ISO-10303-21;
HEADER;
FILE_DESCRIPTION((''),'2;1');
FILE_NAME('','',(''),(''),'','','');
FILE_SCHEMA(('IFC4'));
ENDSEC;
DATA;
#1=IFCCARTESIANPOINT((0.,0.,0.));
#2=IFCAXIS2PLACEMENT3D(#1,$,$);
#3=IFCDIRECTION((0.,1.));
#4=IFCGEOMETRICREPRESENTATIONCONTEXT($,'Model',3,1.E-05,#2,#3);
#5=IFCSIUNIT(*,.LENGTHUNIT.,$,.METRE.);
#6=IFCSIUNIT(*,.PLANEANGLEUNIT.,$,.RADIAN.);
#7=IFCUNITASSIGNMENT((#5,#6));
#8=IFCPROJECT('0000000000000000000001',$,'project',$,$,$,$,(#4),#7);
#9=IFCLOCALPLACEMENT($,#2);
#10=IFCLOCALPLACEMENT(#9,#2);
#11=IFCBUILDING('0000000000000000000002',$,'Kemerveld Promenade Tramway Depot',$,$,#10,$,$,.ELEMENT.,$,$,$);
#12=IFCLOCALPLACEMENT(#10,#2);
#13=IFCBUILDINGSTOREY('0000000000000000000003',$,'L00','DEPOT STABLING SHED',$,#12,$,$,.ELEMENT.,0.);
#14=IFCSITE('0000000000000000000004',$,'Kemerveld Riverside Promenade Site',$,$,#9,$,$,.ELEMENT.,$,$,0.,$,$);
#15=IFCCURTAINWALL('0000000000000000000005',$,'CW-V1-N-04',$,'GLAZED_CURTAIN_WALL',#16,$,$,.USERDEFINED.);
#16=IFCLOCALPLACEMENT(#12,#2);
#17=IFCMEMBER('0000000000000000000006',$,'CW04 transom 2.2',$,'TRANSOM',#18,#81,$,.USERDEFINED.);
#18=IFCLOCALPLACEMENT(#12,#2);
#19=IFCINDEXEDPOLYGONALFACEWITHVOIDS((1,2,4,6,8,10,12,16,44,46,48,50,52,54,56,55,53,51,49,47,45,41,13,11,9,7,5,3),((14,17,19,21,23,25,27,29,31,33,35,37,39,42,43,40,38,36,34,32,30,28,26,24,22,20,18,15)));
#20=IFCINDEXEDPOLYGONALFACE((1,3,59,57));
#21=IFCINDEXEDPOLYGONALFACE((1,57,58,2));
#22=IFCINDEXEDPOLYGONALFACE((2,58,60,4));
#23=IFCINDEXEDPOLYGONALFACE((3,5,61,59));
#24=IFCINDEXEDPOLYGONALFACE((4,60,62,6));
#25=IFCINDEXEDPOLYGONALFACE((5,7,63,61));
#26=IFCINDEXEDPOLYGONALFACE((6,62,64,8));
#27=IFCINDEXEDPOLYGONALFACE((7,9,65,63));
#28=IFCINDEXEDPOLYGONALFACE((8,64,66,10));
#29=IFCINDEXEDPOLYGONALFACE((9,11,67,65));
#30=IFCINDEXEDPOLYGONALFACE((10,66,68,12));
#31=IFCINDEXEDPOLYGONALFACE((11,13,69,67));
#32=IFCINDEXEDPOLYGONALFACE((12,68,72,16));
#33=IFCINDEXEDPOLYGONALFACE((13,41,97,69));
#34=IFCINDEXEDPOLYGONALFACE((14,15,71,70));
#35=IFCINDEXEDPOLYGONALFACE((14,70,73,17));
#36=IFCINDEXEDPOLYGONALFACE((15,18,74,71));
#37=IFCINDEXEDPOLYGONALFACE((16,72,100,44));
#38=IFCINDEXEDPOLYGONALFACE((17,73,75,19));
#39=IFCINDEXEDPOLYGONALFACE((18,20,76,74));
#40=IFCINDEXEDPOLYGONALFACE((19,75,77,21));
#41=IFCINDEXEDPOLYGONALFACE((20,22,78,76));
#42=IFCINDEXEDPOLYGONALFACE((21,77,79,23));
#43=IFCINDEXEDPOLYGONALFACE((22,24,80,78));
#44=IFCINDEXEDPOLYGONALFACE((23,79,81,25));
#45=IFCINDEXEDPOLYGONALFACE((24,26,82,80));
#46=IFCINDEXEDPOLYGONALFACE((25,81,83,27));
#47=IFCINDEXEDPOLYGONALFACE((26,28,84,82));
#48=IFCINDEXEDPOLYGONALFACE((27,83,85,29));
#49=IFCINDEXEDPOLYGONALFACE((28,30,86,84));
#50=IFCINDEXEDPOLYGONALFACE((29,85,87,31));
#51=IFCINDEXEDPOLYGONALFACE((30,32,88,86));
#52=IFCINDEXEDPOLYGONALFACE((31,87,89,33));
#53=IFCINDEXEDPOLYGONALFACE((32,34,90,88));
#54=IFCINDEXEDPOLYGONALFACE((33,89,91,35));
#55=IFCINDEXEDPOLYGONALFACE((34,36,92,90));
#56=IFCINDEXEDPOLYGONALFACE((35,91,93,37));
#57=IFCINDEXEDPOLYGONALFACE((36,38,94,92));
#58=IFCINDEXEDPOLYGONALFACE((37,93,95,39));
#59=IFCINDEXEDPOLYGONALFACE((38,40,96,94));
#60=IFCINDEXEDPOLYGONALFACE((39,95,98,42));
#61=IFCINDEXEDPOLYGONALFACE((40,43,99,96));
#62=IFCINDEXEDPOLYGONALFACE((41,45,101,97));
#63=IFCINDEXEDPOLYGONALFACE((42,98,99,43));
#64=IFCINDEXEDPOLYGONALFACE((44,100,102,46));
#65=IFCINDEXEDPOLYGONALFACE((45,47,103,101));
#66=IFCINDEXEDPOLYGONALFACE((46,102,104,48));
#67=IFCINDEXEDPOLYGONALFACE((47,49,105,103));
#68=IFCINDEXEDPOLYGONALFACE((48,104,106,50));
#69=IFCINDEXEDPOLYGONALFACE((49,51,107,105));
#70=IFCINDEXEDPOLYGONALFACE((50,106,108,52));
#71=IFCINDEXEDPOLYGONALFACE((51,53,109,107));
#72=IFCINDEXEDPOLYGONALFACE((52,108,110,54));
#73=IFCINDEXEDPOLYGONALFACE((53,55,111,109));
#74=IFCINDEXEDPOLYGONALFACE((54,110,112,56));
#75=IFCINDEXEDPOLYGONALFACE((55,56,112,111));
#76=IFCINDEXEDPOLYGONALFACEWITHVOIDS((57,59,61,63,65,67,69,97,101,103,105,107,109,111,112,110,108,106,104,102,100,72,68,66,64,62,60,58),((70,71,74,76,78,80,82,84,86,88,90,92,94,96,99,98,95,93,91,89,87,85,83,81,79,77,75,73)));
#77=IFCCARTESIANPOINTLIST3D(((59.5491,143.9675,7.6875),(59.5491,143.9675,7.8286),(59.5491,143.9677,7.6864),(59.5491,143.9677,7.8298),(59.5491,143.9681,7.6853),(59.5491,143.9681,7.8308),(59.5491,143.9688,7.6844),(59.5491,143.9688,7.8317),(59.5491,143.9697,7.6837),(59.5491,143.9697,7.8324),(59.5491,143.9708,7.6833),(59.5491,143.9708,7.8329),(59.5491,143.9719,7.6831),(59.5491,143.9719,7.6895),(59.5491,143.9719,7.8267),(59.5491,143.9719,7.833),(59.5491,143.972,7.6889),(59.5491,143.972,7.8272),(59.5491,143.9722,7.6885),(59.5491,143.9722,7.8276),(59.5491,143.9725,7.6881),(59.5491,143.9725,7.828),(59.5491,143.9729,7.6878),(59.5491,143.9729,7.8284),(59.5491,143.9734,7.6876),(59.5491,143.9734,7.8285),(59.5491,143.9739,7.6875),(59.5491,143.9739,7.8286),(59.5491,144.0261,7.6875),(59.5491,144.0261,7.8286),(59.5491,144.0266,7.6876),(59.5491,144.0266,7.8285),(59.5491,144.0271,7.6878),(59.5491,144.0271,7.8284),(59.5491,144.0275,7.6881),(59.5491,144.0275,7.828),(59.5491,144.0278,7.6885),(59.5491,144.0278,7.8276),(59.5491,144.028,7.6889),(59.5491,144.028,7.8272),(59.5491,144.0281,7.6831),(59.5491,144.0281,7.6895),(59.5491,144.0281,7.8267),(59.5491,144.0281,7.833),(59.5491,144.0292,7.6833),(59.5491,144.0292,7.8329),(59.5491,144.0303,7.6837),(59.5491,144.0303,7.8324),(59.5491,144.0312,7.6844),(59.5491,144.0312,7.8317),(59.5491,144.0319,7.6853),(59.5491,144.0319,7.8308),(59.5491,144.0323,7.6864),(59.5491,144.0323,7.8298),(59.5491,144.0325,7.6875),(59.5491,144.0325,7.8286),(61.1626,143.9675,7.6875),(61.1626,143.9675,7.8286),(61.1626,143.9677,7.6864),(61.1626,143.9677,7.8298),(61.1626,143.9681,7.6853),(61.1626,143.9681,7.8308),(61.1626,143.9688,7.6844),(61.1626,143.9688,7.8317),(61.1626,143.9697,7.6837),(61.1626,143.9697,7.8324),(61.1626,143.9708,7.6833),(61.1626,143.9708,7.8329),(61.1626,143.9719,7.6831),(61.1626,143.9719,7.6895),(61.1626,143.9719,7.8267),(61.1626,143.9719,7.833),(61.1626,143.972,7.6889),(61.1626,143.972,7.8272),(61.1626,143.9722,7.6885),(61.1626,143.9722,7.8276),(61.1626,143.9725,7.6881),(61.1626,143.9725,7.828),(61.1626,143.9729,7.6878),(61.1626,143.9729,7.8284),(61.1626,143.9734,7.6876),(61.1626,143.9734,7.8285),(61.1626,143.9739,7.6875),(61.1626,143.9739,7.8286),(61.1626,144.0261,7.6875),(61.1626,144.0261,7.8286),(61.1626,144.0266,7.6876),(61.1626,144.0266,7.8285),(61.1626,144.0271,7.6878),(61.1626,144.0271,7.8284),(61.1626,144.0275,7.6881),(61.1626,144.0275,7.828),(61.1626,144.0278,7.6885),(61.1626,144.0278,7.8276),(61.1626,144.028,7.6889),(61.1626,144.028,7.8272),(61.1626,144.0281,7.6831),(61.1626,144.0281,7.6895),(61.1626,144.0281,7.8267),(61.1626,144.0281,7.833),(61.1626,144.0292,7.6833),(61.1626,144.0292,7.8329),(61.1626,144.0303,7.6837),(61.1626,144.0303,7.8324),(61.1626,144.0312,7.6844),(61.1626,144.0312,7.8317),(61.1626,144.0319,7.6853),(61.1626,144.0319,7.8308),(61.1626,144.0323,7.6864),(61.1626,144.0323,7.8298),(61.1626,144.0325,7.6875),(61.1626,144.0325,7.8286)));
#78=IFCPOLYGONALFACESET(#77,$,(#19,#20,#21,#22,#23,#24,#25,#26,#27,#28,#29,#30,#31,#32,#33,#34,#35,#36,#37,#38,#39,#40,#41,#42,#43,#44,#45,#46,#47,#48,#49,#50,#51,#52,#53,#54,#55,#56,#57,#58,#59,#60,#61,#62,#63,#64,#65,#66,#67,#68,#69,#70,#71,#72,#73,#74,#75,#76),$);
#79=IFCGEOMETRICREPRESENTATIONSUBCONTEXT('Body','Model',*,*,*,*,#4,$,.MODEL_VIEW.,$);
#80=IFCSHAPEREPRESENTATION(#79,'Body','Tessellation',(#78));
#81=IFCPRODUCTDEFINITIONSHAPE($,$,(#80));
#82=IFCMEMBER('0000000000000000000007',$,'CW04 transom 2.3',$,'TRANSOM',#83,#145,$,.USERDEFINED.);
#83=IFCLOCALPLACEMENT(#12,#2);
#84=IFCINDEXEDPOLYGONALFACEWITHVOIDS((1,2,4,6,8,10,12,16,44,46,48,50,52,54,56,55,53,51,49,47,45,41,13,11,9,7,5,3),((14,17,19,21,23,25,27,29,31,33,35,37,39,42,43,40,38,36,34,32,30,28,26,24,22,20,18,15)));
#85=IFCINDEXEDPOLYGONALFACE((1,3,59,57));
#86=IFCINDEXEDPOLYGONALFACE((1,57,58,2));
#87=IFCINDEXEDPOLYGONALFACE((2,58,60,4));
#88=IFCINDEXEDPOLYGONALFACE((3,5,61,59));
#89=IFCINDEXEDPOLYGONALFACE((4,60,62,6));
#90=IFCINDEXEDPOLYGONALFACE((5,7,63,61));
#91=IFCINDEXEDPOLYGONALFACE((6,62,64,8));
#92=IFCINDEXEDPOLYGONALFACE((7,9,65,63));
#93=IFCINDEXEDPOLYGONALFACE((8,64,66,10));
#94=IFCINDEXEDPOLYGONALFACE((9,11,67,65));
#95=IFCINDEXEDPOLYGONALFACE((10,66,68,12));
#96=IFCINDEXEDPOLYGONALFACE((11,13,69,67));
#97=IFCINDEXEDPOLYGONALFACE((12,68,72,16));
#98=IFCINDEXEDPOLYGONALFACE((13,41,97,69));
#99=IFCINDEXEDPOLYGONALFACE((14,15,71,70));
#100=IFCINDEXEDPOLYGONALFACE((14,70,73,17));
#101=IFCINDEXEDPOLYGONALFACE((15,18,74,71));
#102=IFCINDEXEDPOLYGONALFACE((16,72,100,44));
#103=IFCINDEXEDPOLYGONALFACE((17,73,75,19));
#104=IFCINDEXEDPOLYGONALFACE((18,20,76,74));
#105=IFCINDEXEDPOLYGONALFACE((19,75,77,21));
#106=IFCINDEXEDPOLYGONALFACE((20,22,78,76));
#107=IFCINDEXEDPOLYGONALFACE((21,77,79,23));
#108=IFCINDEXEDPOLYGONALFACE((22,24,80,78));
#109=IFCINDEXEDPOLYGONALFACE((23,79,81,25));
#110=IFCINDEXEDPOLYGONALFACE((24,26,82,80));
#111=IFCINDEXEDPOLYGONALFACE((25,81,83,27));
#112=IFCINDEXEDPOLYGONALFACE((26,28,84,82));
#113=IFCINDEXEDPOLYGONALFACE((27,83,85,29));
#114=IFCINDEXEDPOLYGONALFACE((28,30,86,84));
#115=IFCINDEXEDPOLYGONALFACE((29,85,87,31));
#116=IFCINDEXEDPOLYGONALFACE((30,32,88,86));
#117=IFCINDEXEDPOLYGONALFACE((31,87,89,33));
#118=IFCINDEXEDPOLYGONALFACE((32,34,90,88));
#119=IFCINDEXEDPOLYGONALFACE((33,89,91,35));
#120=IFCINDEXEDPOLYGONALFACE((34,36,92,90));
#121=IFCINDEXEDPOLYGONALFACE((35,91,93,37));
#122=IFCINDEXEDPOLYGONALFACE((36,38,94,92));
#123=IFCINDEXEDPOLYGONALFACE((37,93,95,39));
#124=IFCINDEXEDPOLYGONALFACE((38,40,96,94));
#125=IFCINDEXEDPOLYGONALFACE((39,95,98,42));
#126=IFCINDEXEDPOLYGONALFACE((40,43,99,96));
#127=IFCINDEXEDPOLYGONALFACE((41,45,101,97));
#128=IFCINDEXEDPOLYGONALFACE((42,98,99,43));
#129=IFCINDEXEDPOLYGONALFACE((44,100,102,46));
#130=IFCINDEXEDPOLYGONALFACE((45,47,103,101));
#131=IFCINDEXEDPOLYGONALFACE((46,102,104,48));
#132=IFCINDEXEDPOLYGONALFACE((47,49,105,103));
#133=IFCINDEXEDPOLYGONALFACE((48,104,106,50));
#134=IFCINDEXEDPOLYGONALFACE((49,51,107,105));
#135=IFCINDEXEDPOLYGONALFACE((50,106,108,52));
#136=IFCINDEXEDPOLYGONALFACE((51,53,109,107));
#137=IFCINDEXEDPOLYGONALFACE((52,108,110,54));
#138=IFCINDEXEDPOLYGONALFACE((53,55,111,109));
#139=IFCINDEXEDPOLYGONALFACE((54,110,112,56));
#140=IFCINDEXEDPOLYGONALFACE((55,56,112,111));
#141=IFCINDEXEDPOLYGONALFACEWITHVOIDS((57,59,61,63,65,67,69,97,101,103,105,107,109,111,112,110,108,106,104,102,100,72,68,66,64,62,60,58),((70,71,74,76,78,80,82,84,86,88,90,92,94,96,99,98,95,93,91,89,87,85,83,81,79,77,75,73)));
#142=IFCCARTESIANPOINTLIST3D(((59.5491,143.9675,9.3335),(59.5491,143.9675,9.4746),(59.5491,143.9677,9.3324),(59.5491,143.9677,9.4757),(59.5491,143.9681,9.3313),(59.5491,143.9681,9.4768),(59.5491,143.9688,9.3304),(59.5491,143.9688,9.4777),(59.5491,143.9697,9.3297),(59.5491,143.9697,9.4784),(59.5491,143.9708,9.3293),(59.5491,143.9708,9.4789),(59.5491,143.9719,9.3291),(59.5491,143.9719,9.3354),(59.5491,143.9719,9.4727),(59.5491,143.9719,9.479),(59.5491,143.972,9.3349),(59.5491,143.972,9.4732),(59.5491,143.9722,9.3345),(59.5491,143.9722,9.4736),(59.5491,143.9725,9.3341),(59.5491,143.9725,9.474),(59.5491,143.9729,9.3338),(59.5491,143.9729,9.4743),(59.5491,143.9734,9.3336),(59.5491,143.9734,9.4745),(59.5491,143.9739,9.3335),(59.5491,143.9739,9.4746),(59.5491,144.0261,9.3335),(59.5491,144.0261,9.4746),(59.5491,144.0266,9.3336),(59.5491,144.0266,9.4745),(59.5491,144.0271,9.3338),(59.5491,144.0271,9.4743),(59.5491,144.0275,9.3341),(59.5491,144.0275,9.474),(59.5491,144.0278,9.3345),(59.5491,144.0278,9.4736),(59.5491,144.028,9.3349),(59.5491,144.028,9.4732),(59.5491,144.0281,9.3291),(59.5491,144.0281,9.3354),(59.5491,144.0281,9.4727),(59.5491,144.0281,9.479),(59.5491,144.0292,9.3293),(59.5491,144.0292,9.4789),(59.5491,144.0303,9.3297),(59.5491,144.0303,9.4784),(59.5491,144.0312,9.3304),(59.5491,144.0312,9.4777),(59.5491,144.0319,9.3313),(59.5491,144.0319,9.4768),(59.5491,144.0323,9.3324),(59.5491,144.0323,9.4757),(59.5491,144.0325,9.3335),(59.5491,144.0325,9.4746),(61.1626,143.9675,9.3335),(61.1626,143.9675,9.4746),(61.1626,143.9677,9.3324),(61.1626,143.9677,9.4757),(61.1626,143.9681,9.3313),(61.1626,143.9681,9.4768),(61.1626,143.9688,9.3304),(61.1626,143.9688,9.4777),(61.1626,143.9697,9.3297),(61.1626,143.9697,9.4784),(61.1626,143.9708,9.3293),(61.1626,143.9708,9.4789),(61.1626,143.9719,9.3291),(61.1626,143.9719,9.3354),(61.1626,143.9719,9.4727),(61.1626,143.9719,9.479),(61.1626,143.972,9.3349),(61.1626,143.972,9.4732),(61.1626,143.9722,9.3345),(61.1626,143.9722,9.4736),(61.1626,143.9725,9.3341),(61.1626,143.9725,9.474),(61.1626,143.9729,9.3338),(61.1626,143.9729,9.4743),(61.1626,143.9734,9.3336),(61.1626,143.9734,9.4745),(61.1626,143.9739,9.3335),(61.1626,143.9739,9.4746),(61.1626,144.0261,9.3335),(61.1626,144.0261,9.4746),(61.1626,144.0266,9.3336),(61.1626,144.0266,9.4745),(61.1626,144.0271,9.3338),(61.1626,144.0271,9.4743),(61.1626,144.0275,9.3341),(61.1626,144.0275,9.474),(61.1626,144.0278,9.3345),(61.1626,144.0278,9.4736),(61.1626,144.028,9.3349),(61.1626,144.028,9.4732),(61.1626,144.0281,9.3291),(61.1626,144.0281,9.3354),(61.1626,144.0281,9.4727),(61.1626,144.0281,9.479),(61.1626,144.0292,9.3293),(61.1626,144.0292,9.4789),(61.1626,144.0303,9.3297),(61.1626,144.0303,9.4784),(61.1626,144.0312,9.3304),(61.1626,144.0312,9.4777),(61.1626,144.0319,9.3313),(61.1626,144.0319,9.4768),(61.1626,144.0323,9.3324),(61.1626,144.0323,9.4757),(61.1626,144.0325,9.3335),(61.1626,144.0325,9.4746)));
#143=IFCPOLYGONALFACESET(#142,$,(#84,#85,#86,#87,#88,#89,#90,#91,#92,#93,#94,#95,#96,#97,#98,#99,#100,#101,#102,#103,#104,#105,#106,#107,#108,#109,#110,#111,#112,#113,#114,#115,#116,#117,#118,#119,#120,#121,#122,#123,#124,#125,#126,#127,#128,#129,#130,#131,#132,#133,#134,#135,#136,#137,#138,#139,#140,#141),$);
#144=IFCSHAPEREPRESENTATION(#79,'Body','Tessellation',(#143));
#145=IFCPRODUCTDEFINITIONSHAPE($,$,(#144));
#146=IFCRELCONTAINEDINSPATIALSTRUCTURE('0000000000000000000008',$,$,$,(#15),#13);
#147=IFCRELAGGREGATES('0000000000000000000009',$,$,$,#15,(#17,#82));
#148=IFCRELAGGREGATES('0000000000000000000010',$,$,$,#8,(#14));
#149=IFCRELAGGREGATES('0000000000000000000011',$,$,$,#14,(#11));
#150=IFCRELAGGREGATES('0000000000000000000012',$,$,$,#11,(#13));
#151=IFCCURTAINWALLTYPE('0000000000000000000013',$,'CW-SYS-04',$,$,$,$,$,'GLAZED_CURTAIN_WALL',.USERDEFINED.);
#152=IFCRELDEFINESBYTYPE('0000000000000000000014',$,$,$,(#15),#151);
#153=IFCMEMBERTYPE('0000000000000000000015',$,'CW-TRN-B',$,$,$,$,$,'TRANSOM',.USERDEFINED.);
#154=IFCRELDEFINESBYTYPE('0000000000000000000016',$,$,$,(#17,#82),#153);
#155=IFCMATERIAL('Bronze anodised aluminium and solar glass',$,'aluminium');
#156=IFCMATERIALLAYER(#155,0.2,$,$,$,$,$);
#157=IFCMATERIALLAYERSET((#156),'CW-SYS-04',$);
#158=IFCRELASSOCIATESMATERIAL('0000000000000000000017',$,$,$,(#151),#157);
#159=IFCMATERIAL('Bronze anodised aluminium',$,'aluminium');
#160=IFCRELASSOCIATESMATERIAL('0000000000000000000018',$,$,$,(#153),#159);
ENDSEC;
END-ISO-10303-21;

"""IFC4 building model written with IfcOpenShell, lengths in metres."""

from ifc_helpers import new_model, si_unit, direction, frame, origin, origin_2d, place, context, subcontext, project, spatial, hollow_rectangle, extrude, material, layer, layer_set, material_profile, profile_set, type_object, element, aggregate, save


model = new_model("IFC4")

# Units and contexts
model_context = context("Model", 3, precision=1e-05, world=origin(), true_north=direction((0.0, 1.0)))
body_context = subcontext(model_context, "Body", "Model", "MODEL_VIEW")
ifc_project = project(units=[si_unit("LENGTHUNIT", "METRE"), si_unit("PLANEANGLEUNIT", "RADIAN")], contexts=[model_context])

# Site, building, storey
site_placement = place(None, origin())
site = spatial("IfcSite", under=ifc_project, at=site_placement, Name="Kemerveld Riverside Promenade Site", CompositionType="ELEMENT", RefElevation=0.0)
building_placement = place(site_placement, origin())
building = spatial("IfcBuilding", under=site, at=building_placement, Name="Kemerveld Promenade Tramway Depot", CompositionType="ELEMENT")
storey_placement = place(building_placement, origin())
storey = spatial("IfcBuildingStorey", under=building, at=storey_placement, Name="L00", Description="DEPOT STABLING SHED", CompositionType="ELEMENT", Elevation=0.0)

# Curtain wall, members
ifc_material_1 = material(Name="Bronze anodised aluminium and solar glass", Category="aluminium")
ifc_material_2 = material(Name="Bronze anodised aluminium", Category="aluminium")
ifc_layer_1 = layer(ifc_material_1, 0.2)
ifc_layer_set_1 = layer_set([ifc_layer_1], Name="CW-SYS-04")
curtain_wall_type_1 = type_object("IfcCurtainWallType", Name="CW-SYS-04", ElementType="GLAZED_CURTAIN_WALL", PredefinedType="USERDEFINED", material=ifc_layer_set_1)
curtain_wall_1_placement = place(storey_placement, origin())
curtain_wall_1 = element("IfcCurtainWall", 1, at=curtain_wall_1_placement, inside=storey, type_object=curtain_wall_type_1, Name="CW-V1-N-04", ObjectType="GLAZED_CURTAIN_WALL", PredefinedType="USERDEFINED")
ifc_material_profile_1 = material_profile(ifc_material_2, hollow_rectangle(XDim=0.0649, YDim=0.1499, WallThickness=0.0044, InnerFilletRadius=0.002, OuterFilletRadius=0.0044, at=origin_2d()), Name="CW-TRN-150x65")
ifc_profile_set_1 = profile_set([ifc_material_profile_1], Name="Bronze anodised aluminium")
member_type_1 = type_object("IfcMemberType", Name="CW-TRN-B", ElementType="TRANSOM", PredefinedType="USERDEFINED", material=ifc_profile_set_1)
member_1_placement = place(storey_placement, frame((59.5491, 144.0, 7.7581), z_axis=(1.0, 0.0, 0.0), x_axis=(0.0, 1.0, 0.0)))
member_1 = element("IfcMember", 2, at=member_1_placement, type_object=member_type_1, Name="CW04 transom 2.2", ObjectType="TRANSOM", PredefinedType="USERDEFINED", context=body_context, shape_type="SweptSolid", body=[
    extrude(hollow_rectangle(XDim=0.0649, YDim=0.1499, WallThickness=0.0044, InnerFilletRadius=0.002, OuterFilletRadius=0.0044, at=origin_2d()), origin(), (0.0, 0.0, 1.0), 1.6135),
])
member_2_placement = place(storey_placement, frame((59.5491, 144.0, 9.4041), z_axis=(1.0, 0.0, 0.0), x_axis=(0.0, 1.0, 0.0)))
member_2 = element("IfcMember", 3, at=member_2_placement, type_object=member_type_1, Name="CW04 transom 2.3", ObjectType="TRANSOM", PredefinedType="USERDEFINED", context=body_context, shape_type="SweptSolid", body=[
    extrude(hollow_rectangle(XDim=0.0649, YDim=0.1499, WallThickness=0.0044, InnerFilletRadius=0.002, OuterFilletRadius=0.0044, at=origin_2d()), origin(), (0.0, 0.0, 1.0), 1.6135),
])

aggregate(curtain_wall_1, [member_1, member_2])

save(model, "model.ifc")
